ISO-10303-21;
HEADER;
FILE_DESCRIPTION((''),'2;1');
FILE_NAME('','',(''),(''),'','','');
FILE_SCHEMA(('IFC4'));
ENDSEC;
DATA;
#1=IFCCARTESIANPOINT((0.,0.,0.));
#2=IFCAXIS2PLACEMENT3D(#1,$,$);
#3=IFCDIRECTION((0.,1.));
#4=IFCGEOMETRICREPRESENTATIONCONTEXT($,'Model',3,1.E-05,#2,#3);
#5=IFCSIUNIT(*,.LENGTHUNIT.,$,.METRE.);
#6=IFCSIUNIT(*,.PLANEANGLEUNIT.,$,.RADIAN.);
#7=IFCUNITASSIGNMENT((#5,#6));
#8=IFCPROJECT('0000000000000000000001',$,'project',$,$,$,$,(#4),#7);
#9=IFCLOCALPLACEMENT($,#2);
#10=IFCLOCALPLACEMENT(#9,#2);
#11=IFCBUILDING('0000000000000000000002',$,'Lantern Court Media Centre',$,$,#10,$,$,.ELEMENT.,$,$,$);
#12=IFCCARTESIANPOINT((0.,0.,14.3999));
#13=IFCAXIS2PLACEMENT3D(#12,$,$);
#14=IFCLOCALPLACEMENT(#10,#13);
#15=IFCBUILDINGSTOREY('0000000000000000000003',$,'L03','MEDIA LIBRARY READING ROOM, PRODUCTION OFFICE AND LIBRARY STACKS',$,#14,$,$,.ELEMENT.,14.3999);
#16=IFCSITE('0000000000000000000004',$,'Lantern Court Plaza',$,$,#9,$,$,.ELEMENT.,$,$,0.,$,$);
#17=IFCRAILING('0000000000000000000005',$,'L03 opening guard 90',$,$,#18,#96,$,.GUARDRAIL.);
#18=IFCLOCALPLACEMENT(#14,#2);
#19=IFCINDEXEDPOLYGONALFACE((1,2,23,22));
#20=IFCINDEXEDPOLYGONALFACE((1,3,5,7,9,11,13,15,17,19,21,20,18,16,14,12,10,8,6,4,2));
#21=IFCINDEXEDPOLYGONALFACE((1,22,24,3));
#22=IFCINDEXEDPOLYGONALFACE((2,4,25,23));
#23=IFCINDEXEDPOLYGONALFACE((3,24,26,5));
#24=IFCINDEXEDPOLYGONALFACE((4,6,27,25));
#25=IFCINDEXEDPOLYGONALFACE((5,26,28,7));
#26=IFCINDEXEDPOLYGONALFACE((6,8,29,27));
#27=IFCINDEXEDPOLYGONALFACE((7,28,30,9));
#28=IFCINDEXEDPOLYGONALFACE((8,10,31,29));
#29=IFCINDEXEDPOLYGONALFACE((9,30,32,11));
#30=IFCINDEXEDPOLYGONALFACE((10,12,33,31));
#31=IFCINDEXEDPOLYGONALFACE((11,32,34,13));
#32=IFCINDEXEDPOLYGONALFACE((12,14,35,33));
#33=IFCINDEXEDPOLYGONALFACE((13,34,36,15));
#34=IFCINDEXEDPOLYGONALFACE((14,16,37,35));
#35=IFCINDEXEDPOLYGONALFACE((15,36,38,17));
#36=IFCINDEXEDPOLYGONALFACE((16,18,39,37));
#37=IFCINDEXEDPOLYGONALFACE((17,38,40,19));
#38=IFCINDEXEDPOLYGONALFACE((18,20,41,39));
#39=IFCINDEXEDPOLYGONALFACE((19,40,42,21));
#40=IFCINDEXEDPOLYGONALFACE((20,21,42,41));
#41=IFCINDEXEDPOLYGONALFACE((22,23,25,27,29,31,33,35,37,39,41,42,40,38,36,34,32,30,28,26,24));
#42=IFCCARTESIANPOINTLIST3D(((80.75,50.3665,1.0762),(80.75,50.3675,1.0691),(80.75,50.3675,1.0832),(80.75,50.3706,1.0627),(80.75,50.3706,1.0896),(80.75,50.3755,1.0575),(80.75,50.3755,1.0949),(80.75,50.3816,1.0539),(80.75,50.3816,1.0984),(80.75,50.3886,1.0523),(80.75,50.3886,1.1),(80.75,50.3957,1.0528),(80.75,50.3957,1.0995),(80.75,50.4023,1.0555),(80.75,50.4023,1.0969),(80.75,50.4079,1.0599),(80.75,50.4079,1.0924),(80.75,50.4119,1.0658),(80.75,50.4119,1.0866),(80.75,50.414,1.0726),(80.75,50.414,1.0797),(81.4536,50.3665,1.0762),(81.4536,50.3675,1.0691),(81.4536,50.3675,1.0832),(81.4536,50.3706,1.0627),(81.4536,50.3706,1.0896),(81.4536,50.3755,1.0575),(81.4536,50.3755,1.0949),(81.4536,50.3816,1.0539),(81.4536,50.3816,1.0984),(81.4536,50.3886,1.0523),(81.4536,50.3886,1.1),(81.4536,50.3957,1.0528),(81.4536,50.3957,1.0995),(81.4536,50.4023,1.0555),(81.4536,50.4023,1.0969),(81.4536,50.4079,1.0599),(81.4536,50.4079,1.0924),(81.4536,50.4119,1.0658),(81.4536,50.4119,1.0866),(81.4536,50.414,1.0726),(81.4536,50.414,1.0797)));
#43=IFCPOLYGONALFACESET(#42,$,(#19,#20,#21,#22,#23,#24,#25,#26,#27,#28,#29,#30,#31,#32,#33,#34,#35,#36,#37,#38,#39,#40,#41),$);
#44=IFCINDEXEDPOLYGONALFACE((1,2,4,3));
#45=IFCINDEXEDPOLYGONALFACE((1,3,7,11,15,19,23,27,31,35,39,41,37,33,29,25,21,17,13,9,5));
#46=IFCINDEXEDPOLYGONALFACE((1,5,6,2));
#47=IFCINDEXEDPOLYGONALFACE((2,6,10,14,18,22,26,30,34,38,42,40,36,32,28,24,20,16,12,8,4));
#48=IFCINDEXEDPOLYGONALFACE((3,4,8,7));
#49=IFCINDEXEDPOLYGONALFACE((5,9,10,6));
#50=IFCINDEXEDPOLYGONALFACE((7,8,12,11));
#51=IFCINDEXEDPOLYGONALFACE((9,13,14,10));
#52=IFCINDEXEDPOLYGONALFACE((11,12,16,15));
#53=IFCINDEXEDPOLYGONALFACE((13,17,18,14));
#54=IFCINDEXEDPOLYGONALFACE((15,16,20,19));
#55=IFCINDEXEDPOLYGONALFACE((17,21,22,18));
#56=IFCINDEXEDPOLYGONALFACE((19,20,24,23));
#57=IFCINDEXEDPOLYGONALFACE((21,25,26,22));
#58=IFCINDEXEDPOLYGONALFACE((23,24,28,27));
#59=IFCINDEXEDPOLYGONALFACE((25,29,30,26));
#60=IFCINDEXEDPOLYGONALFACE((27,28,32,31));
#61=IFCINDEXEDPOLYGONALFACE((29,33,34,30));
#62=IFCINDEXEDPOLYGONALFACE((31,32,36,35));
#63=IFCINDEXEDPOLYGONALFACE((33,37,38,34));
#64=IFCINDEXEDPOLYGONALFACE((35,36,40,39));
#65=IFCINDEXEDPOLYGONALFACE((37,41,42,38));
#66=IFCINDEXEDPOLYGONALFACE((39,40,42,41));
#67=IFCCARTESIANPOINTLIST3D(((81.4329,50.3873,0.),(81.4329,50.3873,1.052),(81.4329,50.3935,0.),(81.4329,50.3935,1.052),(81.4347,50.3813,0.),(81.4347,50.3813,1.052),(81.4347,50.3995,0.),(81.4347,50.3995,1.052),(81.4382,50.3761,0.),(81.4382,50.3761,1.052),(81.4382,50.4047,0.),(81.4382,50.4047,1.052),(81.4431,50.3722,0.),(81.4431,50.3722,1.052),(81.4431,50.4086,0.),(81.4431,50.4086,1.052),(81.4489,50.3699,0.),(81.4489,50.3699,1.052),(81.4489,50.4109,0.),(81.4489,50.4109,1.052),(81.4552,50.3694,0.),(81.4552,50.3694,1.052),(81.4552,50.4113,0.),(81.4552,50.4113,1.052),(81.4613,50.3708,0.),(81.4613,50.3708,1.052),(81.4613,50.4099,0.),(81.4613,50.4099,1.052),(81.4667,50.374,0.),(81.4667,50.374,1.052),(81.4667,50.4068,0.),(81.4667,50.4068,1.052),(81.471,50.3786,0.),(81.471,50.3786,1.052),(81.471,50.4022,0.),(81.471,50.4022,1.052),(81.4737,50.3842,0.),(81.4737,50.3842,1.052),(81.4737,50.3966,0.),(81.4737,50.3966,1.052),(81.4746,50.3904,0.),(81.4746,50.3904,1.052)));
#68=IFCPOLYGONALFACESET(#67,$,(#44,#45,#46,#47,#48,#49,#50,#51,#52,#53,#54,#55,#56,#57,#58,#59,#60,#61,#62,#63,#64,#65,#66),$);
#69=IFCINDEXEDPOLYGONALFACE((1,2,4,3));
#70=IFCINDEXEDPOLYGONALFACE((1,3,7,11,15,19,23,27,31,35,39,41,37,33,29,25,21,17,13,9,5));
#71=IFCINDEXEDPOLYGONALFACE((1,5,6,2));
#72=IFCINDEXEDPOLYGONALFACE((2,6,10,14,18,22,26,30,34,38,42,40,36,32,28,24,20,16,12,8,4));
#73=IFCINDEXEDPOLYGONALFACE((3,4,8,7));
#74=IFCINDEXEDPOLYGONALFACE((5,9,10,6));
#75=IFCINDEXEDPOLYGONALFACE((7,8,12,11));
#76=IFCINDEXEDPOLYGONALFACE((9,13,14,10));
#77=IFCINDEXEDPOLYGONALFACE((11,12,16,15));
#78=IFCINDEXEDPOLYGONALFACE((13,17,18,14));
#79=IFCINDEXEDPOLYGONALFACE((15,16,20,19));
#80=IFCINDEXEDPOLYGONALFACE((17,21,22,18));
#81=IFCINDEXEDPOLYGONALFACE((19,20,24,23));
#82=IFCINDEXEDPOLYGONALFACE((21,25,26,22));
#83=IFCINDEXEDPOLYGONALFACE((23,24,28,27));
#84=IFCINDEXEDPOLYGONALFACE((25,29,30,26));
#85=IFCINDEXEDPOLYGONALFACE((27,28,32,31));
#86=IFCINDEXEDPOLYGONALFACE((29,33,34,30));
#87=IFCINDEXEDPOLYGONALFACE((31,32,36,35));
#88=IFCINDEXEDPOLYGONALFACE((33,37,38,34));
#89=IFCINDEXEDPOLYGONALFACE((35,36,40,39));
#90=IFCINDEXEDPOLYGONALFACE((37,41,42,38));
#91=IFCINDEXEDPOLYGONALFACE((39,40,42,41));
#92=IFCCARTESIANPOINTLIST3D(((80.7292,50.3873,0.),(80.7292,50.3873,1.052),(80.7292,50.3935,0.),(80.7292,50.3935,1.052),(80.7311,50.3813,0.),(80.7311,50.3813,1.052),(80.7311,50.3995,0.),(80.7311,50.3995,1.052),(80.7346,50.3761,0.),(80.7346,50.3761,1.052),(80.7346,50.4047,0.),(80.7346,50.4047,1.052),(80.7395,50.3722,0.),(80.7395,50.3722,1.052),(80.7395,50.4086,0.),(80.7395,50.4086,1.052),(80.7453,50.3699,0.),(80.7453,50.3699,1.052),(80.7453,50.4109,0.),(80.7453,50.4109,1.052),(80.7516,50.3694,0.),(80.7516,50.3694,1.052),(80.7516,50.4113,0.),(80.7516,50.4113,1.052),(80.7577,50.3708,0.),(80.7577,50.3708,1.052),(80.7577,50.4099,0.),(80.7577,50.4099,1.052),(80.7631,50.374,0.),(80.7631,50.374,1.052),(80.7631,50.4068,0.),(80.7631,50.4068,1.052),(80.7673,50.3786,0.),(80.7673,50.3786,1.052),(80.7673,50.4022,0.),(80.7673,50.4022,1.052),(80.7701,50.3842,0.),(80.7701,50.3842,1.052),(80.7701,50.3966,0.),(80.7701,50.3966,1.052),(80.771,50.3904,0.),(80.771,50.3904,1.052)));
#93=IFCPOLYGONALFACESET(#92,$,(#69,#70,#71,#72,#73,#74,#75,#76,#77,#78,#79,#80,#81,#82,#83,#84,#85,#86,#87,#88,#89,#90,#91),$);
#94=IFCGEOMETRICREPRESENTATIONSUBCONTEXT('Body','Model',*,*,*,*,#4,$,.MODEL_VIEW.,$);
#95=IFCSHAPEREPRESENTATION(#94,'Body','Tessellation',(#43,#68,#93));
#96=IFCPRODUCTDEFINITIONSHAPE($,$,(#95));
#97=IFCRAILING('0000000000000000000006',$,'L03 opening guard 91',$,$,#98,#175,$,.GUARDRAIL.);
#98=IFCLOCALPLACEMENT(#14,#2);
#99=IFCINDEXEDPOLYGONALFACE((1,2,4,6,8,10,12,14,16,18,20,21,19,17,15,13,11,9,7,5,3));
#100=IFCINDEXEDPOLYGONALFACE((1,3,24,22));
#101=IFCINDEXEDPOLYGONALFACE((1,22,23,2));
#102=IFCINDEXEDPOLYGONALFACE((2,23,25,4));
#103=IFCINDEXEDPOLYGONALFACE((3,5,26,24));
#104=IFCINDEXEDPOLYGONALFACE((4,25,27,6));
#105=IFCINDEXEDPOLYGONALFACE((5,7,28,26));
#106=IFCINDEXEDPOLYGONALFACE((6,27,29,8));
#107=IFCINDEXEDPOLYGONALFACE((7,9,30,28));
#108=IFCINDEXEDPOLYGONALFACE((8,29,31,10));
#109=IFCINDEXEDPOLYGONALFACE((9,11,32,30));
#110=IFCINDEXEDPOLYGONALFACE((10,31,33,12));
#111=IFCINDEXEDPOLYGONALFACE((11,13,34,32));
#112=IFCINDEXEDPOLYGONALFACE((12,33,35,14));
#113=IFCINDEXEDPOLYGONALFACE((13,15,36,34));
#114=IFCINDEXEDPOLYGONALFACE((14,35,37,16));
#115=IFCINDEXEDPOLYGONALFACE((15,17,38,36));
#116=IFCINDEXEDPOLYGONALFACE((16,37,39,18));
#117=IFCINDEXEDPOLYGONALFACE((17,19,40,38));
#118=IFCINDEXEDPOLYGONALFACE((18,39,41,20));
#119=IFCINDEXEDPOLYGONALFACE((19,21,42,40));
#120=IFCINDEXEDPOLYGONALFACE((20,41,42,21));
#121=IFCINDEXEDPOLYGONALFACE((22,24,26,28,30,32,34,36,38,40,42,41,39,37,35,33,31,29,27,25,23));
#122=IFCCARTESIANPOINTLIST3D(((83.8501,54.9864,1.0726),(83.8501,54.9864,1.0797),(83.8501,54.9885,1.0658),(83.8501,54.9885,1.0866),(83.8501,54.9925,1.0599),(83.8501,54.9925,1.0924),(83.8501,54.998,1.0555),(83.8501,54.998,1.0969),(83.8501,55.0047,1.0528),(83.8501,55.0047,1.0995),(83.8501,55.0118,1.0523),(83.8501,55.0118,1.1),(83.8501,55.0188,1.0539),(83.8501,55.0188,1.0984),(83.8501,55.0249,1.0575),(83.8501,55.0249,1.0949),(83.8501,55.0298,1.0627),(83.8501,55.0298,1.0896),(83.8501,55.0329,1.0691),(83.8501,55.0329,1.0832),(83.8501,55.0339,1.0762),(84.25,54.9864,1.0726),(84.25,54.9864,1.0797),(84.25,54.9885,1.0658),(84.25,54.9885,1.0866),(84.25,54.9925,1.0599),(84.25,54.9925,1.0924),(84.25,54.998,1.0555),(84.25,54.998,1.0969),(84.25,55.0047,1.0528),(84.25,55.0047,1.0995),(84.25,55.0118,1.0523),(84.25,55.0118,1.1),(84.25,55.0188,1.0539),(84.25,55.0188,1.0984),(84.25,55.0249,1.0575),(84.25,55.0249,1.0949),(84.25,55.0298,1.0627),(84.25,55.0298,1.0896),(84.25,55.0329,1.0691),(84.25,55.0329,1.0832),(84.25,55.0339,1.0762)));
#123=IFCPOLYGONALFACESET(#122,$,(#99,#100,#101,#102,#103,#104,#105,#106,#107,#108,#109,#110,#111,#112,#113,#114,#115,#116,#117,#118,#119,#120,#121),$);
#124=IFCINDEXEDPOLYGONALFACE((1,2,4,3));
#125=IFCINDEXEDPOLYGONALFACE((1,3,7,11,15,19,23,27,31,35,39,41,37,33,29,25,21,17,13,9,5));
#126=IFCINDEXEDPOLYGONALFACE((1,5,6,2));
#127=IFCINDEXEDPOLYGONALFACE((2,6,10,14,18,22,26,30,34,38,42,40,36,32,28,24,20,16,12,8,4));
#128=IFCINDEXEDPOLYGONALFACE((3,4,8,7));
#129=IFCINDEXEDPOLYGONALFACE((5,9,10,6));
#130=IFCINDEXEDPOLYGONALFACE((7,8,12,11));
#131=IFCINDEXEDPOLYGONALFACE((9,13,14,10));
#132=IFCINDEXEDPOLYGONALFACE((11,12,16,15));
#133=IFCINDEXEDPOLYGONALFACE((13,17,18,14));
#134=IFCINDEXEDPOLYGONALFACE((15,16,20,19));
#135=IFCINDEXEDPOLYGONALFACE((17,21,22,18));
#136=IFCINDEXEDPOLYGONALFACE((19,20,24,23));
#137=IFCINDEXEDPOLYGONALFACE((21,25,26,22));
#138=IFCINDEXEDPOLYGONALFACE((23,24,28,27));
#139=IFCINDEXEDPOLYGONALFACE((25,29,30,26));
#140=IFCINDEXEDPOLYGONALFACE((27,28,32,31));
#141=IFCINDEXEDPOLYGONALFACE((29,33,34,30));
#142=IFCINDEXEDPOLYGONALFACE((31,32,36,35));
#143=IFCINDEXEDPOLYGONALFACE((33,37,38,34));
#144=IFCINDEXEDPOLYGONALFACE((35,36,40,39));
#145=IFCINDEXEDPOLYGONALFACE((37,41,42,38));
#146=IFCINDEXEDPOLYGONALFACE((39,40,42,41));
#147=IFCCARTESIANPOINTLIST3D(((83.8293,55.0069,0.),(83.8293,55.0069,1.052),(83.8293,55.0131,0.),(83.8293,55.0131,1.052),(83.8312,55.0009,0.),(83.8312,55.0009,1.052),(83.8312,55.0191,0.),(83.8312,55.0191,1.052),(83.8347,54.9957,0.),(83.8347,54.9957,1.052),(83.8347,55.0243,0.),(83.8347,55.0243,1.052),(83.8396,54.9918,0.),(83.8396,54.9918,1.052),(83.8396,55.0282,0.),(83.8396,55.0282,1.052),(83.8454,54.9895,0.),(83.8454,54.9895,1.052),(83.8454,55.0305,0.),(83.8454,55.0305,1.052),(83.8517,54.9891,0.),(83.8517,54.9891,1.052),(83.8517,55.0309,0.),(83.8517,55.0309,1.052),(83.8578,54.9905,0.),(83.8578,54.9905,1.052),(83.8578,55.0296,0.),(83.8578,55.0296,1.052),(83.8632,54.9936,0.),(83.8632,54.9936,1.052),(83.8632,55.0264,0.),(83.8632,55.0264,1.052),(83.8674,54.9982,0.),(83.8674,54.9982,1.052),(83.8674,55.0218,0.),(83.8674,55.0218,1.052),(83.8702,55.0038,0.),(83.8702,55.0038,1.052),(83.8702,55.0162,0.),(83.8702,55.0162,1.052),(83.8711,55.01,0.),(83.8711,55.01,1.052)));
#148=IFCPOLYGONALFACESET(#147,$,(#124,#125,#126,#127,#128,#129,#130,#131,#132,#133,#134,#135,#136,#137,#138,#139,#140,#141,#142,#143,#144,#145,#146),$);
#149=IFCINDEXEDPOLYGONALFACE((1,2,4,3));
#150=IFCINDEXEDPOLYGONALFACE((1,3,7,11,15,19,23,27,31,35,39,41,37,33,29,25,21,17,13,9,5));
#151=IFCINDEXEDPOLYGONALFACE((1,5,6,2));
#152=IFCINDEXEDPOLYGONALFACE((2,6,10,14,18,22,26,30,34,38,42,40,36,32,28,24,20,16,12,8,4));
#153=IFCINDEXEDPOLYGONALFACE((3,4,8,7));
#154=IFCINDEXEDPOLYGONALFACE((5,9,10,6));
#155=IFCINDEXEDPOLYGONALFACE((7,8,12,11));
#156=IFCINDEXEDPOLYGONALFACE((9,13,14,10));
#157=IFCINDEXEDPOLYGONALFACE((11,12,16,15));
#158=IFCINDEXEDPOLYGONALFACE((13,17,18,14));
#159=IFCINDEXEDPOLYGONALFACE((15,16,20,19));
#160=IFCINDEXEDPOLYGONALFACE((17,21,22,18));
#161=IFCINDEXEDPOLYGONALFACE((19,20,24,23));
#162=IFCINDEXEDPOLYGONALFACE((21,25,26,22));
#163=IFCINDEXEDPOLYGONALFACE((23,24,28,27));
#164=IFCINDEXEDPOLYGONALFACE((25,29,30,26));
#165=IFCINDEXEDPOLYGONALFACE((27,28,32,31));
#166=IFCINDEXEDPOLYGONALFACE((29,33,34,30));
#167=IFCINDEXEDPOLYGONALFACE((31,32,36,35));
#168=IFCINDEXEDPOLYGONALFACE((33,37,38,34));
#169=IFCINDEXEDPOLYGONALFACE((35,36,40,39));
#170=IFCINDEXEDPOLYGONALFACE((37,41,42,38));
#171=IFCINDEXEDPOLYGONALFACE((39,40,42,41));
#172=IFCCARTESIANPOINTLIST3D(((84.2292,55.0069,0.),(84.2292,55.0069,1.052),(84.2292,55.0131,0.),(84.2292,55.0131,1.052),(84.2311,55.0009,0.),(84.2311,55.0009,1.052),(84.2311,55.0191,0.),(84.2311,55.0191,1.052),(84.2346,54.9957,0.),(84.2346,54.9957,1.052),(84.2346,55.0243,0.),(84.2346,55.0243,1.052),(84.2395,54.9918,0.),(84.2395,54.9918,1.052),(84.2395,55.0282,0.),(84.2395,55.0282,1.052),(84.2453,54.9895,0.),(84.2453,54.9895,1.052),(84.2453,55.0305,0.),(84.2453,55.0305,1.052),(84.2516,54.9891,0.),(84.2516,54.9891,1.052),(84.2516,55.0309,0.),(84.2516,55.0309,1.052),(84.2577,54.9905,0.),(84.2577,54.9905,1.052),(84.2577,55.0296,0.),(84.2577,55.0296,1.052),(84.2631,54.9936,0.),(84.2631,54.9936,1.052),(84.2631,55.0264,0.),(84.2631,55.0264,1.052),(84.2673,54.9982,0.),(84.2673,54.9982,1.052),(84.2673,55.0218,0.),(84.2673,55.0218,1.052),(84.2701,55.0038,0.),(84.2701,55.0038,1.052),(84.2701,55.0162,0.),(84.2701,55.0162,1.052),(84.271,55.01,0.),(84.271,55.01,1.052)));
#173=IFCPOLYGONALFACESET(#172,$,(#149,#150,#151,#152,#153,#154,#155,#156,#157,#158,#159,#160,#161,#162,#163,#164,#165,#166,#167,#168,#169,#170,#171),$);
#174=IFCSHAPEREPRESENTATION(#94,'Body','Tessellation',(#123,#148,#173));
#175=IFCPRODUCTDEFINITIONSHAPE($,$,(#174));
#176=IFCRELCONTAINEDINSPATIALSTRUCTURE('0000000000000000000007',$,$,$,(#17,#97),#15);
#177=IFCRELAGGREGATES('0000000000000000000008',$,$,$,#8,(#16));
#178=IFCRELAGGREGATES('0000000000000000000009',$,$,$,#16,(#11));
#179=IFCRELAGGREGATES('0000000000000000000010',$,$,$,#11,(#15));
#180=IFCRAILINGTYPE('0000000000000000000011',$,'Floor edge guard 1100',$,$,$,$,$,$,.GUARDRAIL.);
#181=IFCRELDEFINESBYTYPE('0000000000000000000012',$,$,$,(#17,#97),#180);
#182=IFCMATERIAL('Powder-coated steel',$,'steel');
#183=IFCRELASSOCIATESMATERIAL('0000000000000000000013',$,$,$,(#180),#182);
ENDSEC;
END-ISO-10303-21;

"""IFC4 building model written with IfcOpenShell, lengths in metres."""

from ifc_helpers import new_model, si_unit, direction, frame, origin, origin_2d, place, context, subcontext, project, spatial, circle, extrude, material, type_object, element, save


model = new_model("IFC4")

# Units and contexts
model_context = context("Model", 3, precision=1e-05, world=origin(), true_north=direction((0.0, 1.0)))
body_context = subcontext(model_context, "Body", "Model", "MODEL_VIEW")
ifc_project = project(units=[si_unit("LENGTHUNIT", "METRE"), si_unit("PLANEANGLEUNIT", "RADIAN")], contexts=[model_context])

# Site, building, storey
site_placement = place(None, origin())
site = spatial("IfcSite", under=ifc_project, at=site_placement, Name="Lantern Court Plaza", CompositionType="ELEMENT", RefElevation=0.0)
building_placement = place(site_placement, origin())
building = spatial("IfcBuilding", under=site, at=building_placement, Name="Lantern Court Media Centre", CompositionType="ELEMENT")
storey_placement = place(building_placement, frame((0.0, 0.0, 14.3999)))
storey = spatial("IfcBuildingStorey", under=building, at=storey_placement, Name="L03", Description="MEDIA LIBRARY READING ROOM, PRODUCTION OFFICE AND LIBRARY STACKS", CompositionType="ELEMENT", Elevation=14.3999)

# Railings
ifc_material_1 = material(Name="Powder-coated steel", Category="steel")
railing_type_1 = type_object("IfcRailingType", Name="Floor edge guard 1100", PredefinedType="GUARDRAIL", material=ifc_material_1)
for number, where, name in (
    (1, (81.4536, 50.3904, 0.0), "L03 opening guard 90"),
):
    element("IfcRailing", number, at=place(storey_placement, frame(where)), inside=storey, type_object=railing_type_1, Name=name, PredefinedType="GUARDRAIL", context=body_context, shape_type="SweptSolid", body=[
        extrude(circle(Radius=0.0239, at=origin_2d()), frame((0.0, 0.0, 1.0762), z_axis=(-1.0, 0.0, 0.0), x_axis=(0.0, -1.0, 0.0)), (0.0, 0.0, 1.0), 0.7036),
        extrude(circle(Radius=0.021, at=origin_2d()), origin(), (0.0, 0.0, 1.0), 1.052),
        extrude(circle(Radius=0.021, at=origin_2d()), frame((-0.7036, 0.0, 0.0)), (0.0, 0.0, 1.0), 1.052),
    ])
railing_1_placement = place(storey_placement, frame((83.8501, 55.01, 0.0)))
element("IfcRailing", 2, at=railing_1_placement, inside=storey, type_object=railing_type_1, Name="L03 opening guard 91", PredefinedType="GUARDRAIL", context=body_context, shape_type="SweptSolid", body=[
    extrude(circle(Radius=0.0239, at=origin_2d()), frame((0.0, 0.0, 1.0762), z_axis=(1.0, 0.0, 0.0), x_axis=(0.0, 1.0, 0.0)), (0.0, 0.0, 1.0), 0.3999),
    extrude(circle(Radius=0.021, at=origin_2d()), origin(), (0.0, 0.0, 1.0), 1.052),
    extrude(circle(Radius=0.021, at=origin_2d()), frame((0.3999, 0.0, 0.0)), (0.0, 0.0, 1.0), 1.052),
])

save(model, "model.ifc")
